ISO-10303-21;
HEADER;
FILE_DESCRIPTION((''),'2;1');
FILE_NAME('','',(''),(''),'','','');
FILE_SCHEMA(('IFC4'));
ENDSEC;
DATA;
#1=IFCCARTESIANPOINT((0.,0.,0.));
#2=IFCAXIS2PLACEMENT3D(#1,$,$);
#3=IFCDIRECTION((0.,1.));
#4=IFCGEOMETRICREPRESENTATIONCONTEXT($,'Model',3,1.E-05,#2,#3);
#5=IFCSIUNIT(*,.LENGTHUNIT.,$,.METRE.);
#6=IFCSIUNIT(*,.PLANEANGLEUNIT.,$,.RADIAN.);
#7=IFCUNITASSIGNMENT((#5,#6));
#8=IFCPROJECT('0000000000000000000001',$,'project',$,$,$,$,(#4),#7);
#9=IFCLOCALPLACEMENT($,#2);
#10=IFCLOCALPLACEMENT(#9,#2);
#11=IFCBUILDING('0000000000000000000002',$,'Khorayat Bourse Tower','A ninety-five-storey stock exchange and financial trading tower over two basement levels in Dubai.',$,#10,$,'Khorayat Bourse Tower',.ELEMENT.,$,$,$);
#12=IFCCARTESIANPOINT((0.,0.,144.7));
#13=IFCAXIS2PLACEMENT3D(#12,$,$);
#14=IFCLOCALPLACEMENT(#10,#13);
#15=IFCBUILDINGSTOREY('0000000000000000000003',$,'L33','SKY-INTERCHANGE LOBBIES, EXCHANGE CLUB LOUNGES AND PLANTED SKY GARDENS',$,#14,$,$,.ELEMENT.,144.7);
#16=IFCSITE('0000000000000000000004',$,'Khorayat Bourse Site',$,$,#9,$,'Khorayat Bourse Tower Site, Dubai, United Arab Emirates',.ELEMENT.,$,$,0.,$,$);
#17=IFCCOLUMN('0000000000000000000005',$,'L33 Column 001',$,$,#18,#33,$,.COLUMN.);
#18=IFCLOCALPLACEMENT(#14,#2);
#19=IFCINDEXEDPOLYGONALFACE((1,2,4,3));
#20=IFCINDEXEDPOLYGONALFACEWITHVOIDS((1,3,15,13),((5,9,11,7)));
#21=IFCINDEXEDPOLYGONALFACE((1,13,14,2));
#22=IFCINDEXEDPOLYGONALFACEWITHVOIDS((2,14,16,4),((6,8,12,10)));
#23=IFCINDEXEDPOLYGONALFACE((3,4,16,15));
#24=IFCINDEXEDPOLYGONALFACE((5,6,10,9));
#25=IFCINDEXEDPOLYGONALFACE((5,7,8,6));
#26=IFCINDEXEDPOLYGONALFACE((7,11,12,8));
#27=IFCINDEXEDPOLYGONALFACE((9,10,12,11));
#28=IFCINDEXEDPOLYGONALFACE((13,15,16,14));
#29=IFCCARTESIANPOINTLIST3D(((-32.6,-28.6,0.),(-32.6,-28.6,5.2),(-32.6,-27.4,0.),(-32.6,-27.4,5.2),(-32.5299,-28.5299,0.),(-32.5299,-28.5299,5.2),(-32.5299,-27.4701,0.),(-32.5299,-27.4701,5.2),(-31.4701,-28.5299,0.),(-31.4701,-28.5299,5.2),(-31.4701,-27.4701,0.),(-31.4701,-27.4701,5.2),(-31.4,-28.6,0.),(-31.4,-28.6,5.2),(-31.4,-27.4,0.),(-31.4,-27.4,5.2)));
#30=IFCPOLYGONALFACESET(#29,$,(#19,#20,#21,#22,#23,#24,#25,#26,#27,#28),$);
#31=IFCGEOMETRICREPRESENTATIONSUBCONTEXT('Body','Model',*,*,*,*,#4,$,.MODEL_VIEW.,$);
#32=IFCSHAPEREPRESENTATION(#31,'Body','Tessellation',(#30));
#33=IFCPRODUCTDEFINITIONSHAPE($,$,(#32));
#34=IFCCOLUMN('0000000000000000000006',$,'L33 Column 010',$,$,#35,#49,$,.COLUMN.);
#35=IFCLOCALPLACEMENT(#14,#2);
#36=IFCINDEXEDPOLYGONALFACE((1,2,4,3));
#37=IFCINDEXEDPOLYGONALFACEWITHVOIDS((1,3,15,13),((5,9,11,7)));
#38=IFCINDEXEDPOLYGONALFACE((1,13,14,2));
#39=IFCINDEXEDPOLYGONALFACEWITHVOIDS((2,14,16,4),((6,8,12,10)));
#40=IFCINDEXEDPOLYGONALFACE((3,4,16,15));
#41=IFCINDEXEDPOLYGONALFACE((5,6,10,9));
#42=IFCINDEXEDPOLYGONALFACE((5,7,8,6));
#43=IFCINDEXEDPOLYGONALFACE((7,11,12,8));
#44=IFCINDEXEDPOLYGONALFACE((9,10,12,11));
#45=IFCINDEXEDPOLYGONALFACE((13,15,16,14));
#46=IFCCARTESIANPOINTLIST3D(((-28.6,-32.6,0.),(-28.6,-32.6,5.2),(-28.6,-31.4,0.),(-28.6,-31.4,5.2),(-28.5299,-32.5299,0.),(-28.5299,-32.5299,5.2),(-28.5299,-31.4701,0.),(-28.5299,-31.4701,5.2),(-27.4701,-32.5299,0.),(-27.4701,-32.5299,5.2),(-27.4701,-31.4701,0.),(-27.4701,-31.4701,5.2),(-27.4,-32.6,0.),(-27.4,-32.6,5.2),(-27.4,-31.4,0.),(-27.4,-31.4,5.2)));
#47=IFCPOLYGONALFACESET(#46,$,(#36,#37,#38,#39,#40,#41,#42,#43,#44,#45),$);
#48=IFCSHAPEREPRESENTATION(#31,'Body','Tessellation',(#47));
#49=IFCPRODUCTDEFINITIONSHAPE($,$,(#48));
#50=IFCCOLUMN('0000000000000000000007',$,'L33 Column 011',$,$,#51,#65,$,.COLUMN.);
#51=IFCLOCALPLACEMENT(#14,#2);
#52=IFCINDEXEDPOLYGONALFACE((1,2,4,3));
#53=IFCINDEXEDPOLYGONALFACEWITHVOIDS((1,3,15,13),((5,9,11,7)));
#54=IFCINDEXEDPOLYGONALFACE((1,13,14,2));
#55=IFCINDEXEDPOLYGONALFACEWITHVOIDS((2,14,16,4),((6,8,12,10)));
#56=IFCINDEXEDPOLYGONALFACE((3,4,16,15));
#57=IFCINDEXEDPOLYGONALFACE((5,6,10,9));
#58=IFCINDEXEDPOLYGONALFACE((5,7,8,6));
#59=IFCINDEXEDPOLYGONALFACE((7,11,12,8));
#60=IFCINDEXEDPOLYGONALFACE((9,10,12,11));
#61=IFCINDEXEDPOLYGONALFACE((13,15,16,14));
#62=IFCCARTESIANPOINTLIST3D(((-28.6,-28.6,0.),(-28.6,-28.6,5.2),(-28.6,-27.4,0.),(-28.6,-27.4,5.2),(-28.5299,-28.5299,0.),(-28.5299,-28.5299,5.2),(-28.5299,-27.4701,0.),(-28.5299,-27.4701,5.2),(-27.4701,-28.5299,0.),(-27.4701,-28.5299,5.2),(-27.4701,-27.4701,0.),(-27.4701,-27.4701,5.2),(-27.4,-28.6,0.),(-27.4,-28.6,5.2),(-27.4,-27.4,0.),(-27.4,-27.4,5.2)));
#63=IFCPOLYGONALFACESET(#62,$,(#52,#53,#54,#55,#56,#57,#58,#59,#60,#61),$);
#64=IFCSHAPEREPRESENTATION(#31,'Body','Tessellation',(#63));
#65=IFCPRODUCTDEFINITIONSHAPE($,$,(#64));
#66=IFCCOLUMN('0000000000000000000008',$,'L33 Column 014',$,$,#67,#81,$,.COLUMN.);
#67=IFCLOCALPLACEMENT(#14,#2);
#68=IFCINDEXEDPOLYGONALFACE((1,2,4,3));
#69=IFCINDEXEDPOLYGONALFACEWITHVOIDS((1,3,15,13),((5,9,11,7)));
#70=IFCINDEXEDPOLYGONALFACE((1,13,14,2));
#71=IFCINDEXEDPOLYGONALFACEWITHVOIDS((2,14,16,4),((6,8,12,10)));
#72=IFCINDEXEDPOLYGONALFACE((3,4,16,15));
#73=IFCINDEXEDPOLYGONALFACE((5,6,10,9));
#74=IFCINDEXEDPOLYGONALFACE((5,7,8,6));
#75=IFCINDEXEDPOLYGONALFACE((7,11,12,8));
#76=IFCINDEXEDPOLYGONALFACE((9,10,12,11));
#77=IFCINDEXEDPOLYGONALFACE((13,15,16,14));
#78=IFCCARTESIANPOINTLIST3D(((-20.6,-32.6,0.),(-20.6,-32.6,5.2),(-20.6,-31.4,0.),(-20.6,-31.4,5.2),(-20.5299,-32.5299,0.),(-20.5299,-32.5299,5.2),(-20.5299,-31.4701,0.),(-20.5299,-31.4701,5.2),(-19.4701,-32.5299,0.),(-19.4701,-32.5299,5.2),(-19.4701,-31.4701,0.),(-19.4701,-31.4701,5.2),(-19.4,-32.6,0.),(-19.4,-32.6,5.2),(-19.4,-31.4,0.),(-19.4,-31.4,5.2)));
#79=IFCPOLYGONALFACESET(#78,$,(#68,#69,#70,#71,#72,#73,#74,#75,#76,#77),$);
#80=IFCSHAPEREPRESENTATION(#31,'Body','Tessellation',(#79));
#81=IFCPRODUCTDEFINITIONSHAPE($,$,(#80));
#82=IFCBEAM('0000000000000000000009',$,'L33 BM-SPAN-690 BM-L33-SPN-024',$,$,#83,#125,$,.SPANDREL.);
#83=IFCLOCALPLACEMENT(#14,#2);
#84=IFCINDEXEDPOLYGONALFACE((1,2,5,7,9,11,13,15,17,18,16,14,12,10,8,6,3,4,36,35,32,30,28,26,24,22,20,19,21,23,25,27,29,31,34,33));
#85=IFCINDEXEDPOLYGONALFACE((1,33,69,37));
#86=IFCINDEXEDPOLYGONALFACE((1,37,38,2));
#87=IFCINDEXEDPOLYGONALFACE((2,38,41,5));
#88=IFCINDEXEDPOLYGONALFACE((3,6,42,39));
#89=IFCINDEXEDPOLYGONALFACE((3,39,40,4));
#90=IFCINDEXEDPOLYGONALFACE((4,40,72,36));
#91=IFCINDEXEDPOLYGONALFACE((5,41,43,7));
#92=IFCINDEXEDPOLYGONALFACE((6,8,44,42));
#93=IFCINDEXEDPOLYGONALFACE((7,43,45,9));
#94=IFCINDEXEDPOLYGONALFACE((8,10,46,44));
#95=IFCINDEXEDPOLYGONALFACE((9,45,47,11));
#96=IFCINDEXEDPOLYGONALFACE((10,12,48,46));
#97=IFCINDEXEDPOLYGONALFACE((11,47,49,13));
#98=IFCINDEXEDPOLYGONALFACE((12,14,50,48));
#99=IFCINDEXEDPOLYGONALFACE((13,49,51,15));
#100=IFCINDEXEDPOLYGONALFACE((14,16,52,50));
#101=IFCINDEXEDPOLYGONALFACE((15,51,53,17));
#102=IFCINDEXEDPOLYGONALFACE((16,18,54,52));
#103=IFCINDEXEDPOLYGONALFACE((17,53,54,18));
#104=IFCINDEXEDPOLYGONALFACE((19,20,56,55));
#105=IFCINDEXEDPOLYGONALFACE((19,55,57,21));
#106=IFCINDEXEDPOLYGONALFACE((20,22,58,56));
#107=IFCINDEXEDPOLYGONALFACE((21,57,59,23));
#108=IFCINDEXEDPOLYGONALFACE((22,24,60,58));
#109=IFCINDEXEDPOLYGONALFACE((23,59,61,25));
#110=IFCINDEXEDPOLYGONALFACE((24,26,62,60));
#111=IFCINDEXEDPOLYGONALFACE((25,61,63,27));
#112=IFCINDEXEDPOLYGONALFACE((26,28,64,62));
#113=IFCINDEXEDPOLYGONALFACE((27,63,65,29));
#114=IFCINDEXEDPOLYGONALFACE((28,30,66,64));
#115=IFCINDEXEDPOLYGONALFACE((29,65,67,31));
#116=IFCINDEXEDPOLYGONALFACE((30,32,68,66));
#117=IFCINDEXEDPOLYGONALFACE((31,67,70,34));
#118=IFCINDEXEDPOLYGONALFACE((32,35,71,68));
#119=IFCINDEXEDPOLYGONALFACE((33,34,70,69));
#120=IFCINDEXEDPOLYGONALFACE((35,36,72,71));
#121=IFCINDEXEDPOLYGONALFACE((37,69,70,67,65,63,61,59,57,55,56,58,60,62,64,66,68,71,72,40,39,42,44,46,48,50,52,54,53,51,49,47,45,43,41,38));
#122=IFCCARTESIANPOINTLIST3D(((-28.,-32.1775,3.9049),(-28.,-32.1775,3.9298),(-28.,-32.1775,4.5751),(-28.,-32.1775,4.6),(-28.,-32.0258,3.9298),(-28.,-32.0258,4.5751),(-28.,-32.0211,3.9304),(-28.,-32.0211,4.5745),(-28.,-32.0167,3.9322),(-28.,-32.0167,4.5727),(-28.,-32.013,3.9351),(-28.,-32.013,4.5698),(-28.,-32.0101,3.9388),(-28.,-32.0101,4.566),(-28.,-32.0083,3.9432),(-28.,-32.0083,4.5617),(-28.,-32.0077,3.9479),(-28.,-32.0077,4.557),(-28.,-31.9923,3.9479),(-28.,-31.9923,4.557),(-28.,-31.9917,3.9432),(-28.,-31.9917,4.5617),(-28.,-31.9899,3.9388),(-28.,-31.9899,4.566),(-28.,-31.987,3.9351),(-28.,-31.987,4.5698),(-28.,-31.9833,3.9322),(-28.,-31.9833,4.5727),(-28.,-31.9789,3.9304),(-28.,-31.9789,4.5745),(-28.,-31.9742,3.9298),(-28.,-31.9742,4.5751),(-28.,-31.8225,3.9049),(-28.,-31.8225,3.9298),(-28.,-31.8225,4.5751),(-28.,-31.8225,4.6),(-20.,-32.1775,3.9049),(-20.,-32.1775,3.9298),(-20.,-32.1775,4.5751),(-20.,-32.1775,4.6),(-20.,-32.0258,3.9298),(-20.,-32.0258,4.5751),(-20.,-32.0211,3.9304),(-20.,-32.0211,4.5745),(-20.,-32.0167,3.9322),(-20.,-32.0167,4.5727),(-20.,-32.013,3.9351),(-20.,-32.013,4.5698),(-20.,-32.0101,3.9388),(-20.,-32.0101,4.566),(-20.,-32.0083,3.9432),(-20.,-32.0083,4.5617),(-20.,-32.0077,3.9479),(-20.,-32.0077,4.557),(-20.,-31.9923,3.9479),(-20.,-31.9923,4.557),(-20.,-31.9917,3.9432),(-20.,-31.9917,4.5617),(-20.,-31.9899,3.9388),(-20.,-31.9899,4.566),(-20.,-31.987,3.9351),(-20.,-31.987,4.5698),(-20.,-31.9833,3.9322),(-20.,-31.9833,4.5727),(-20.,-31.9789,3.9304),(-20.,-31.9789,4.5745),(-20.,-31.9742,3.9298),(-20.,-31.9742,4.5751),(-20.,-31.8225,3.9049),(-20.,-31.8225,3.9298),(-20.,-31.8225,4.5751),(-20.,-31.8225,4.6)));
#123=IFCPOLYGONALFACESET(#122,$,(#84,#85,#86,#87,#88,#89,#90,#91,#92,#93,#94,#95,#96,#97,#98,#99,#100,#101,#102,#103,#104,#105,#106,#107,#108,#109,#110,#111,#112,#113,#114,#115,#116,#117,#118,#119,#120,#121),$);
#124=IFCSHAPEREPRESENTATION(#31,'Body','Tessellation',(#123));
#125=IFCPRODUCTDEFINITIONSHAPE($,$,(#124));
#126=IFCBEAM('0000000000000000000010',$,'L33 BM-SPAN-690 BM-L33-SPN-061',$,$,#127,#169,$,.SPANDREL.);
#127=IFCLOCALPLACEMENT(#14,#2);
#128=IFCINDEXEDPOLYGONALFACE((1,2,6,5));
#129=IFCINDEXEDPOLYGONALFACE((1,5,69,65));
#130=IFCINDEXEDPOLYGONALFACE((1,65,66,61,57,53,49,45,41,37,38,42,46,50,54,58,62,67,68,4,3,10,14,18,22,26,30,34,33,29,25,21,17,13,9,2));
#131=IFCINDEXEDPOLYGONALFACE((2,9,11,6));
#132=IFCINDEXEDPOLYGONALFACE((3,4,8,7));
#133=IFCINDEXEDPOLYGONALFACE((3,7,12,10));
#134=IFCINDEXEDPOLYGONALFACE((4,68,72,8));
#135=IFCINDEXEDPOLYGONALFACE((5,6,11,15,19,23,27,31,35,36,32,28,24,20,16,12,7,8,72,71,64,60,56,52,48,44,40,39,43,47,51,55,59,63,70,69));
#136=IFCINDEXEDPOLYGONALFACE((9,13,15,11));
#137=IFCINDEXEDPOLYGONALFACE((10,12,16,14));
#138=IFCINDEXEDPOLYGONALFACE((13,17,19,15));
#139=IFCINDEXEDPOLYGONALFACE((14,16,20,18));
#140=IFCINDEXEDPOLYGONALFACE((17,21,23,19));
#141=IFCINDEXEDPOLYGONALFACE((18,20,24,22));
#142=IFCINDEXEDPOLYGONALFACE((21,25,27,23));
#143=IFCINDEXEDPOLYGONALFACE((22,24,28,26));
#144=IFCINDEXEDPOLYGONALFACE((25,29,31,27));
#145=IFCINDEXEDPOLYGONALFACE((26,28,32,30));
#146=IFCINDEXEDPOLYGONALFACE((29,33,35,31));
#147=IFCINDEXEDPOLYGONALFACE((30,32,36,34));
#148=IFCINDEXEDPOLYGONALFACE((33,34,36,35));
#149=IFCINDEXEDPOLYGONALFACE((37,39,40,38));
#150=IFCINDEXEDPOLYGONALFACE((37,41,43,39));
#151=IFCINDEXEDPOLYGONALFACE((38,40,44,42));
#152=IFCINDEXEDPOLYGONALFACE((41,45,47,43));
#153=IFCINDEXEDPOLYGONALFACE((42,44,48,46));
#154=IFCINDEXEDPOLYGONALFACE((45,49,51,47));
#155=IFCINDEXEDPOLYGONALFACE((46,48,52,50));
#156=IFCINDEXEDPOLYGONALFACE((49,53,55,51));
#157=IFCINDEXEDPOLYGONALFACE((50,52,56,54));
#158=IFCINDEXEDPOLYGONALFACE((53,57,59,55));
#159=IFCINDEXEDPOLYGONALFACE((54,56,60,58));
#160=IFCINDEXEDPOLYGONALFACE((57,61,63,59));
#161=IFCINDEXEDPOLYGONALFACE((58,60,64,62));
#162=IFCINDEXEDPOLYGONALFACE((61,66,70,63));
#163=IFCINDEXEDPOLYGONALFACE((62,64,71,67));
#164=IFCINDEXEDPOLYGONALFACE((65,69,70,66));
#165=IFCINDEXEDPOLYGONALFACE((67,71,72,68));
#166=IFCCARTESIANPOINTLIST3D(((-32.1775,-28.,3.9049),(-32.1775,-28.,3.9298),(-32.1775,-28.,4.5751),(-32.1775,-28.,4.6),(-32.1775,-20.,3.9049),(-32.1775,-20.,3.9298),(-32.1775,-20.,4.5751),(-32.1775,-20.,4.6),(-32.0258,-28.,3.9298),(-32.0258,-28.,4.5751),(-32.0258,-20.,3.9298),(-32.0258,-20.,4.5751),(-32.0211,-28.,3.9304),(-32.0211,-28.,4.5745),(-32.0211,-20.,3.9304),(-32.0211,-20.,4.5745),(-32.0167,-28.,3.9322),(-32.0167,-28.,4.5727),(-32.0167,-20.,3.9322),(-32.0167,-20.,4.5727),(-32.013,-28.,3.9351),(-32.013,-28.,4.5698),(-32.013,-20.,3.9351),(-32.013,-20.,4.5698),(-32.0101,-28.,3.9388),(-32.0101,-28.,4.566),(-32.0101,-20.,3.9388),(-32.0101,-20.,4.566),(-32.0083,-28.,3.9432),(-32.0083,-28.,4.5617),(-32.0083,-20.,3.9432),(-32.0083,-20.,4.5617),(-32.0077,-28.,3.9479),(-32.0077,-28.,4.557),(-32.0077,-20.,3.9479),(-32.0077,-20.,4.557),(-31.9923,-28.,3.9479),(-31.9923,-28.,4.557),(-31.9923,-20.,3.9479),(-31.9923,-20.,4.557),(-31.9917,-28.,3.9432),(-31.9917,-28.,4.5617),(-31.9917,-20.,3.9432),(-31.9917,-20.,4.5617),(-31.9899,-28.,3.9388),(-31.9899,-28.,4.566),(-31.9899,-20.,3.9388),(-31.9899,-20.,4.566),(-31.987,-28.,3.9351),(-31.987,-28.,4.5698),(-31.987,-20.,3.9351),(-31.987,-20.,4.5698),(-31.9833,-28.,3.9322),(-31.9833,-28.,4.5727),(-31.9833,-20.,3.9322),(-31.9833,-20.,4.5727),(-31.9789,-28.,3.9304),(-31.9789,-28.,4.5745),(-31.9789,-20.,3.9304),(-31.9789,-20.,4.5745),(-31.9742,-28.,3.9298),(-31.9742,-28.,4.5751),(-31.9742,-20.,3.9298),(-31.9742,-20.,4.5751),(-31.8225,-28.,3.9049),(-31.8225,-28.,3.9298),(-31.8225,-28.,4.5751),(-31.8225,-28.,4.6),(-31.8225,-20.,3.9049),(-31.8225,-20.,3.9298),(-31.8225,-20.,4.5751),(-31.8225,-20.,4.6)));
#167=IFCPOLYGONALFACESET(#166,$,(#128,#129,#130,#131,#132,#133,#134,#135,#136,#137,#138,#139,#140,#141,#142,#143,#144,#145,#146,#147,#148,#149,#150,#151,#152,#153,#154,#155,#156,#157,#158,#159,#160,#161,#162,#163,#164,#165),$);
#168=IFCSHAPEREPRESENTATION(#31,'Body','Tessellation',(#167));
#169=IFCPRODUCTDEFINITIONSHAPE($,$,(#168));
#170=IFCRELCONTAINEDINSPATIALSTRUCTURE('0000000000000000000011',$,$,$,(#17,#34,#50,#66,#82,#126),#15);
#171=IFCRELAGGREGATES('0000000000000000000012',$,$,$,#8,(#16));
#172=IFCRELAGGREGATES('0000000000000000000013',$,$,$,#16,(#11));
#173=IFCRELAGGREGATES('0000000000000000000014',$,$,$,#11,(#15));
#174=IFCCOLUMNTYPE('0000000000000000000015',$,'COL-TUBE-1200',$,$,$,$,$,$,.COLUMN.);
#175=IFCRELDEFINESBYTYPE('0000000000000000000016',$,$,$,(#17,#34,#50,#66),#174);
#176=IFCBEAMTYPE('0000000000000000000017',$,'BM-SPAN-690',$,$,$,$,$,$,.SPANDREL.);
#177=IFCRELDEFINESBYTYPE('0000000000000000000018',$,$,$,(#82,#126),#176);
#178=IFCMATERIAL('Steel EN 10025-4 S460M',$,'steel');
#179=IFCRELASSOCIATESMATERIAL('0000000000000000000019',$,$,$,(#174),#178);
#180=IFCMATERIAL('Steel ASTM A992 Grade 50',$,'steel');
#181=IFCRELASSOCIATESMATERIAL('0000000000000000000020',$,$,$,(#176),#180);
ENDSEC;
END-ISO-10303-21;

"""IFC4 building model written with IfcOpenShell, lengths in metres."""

from ifc_helpers import new_model, si_unit, direction, frame, origin, origin_2d, place, context, subcontext, project, spatial, hollow_rectangle, i_section, extrude, source, transform, mapped, material, material_profile, profile_set, type_object, element, save


model = new_model("IFC4")

# Units and contexts
model_context = context("Model", 3, precision=1e-05, world=origin(), true_north=direction((0.0, 1.0)))
body_context = subcontext(model_context, "Body", "Model", "MODEL_VIEW")
ifc_project = project(units=[si_unit("LENGTHUNIT", "METRE"), si_unit("PLANEANGLEUNIT", "RADIAN")], contexts=[model_context])

# Site, building, storey
site_placement = place(None, origin())
site = spatial("IfcSite", under=ifc_project, at=site_placement, Name="Khorayat Bourse Site", LongName="Khorayat Bourse Tower Site, Dubai, United Arab Emirates", CompositionType="ELEMENT", RefElevation=0.0)
building_placement = place(site_placement, origin())
building = spatial("IfcBuilding", under=site, at=building_placement, Name="Khorayat Bourse Tower", Description="A ninety-five-storey stock exchange and financial trading tower over two basement levels in Dubai.", LongName="Khorayat Bourse Tower", CompositionType="ELEMENT")
storey_placement = place(building_placement, frame((0.0, 0.0, 144.7)))
storey = spatial("IfcBuildingStorey", under=building, at=storey_placement, Name="L33", Description="SKY-INTERCHANGE LOBBIES, EXCHANGE CLUB LOUNGES AND PLANTED SKY GARDENS", CompositionType="ELEMENT", Elevation=144.7)

# Columns
ifc_material_1 = material(Name="Steel EN 10025-4 S460M", Category="steel")
ifc_material_profile_1 = material_profile(ifc_material_1, hollow_rectangle(XDim=1.2, YDim=1.2, WallThickness=0.0701, at=origin_2d()), Name="BOX 1200x1200x70")
ifc_profile_set_1 = profile_set([ifc_material_profile_1], Name="Steel EN 10025-4 S460M")
column_type = type_object("IfcColumnType", Name="COL-TUBE-1200", PredefinedType="COLUMN", material=ifc_profile_set_1)
shared_shape_1 = source(origin(), body_context, "Body", "SweptSolid", [
    extrude(hollow_rectangle(XDim=1.2, YDim=1.2, WallThickness=0.0701, at=origin_2d()), origin(), (0.0, 0.0, 1.0), 5.2),
])
for number, where, z_axis, x_axis, name in (
    (1, (-32.0, -28.0, 0.0), (0.0, 0.0, 1.0), (1.0, 0.0, 0.0), "L33 Column 001"),
    (2, (-28.0, -32.0, 0.0), (0.0, 0.0, 1.0), (1.0, 0.0, 0.0), "L33 Column 010"),
    (3, (-28.0, -28.0, 0.0), (0.0, 0.0, 1.0), (1.0, 0.0, 0.0), "L33 Column 011"),
    (4, (-20.0, -32.0, 0.0), (0.0, 0.0, 1.0), (1.0, 0.0, 0.0), "L33 Column 014"),
):
    element("IfcColumn", number, at=place(storey_placement, frame(where, z_axis=z_axis, x_axis=x_axis)), inside=storey, type_object=column_type, Name=name, PredefinedType="COLUMN", context=body_context, shape_type="MappedRepresentation", body=[
        mapped(shared_shape_1, transform((0.0, 0.0, 0.0), scale=1.0)),
    ])

# Beams
ifc_material_2 = material(Name="Steel ASTM A992 Grade 50", Category="steel")
ifc_material_profile_2 = material_profile(ifc_material_2, i_section(OverallWidth=0.355, OverallDepth=0.6951, WebThickness=0.0154, FlangeThickness=0.0249, FilletRadius=0.0181, at=origin_2d()), Name="W690X217")
ifc_profile_set_2 = profile_set([ifc_material_profile_2], Name="Steel ASTM A992 Grade 50")
beam_type_1 = type_object("IfcBeamType", Name="BM-SPAN-690", PredefinedType="SPANDREL", material=ifc_profile_set_2)
shared_shape_2 = source(origin(), body_context, "Body", "SweptSolid", [
    extrude(i_section(OverallWidth=0.355, OverallDepth=0.6951, WebThickness=0.0154, FlangeThickness=0.0249, FilletRadius=0.0181, at=origin_2d()), origin(), (0.0, 0.0, 1.0), 8.0),
])
for number, where, z_axis, x_axis, name in (
    (5, (-28.0, -32.0, 4.2524), (1.0, 0.0, 0.0), (0.0, 1.0, 0.0), "L33 BM-SPAN-690 BM-L33-SPN-024"),
    (6, (-32.0, -28.0, 4.2524), (0.0, 1.0, 0.0), (-1.0, 0.0, 0.0), "L33 BM-SPAN-690 BM-L33-SPN-061"),
):
    element("IfcBeam", number, at=place(storey_placement, frame(where, z_axis=z_axis, x_axis=x_axis)), inside=storey, type_object=beam_type_1, Name=name, PredefinedType="SPANDREL", context=body_context, shape_type="MappedRepresentation", body=[
        mapped(shared_shape_2, transform((0.0, 0.0, 0.0), scale=1.0)),
    ])

save(model, "model.ifc")
